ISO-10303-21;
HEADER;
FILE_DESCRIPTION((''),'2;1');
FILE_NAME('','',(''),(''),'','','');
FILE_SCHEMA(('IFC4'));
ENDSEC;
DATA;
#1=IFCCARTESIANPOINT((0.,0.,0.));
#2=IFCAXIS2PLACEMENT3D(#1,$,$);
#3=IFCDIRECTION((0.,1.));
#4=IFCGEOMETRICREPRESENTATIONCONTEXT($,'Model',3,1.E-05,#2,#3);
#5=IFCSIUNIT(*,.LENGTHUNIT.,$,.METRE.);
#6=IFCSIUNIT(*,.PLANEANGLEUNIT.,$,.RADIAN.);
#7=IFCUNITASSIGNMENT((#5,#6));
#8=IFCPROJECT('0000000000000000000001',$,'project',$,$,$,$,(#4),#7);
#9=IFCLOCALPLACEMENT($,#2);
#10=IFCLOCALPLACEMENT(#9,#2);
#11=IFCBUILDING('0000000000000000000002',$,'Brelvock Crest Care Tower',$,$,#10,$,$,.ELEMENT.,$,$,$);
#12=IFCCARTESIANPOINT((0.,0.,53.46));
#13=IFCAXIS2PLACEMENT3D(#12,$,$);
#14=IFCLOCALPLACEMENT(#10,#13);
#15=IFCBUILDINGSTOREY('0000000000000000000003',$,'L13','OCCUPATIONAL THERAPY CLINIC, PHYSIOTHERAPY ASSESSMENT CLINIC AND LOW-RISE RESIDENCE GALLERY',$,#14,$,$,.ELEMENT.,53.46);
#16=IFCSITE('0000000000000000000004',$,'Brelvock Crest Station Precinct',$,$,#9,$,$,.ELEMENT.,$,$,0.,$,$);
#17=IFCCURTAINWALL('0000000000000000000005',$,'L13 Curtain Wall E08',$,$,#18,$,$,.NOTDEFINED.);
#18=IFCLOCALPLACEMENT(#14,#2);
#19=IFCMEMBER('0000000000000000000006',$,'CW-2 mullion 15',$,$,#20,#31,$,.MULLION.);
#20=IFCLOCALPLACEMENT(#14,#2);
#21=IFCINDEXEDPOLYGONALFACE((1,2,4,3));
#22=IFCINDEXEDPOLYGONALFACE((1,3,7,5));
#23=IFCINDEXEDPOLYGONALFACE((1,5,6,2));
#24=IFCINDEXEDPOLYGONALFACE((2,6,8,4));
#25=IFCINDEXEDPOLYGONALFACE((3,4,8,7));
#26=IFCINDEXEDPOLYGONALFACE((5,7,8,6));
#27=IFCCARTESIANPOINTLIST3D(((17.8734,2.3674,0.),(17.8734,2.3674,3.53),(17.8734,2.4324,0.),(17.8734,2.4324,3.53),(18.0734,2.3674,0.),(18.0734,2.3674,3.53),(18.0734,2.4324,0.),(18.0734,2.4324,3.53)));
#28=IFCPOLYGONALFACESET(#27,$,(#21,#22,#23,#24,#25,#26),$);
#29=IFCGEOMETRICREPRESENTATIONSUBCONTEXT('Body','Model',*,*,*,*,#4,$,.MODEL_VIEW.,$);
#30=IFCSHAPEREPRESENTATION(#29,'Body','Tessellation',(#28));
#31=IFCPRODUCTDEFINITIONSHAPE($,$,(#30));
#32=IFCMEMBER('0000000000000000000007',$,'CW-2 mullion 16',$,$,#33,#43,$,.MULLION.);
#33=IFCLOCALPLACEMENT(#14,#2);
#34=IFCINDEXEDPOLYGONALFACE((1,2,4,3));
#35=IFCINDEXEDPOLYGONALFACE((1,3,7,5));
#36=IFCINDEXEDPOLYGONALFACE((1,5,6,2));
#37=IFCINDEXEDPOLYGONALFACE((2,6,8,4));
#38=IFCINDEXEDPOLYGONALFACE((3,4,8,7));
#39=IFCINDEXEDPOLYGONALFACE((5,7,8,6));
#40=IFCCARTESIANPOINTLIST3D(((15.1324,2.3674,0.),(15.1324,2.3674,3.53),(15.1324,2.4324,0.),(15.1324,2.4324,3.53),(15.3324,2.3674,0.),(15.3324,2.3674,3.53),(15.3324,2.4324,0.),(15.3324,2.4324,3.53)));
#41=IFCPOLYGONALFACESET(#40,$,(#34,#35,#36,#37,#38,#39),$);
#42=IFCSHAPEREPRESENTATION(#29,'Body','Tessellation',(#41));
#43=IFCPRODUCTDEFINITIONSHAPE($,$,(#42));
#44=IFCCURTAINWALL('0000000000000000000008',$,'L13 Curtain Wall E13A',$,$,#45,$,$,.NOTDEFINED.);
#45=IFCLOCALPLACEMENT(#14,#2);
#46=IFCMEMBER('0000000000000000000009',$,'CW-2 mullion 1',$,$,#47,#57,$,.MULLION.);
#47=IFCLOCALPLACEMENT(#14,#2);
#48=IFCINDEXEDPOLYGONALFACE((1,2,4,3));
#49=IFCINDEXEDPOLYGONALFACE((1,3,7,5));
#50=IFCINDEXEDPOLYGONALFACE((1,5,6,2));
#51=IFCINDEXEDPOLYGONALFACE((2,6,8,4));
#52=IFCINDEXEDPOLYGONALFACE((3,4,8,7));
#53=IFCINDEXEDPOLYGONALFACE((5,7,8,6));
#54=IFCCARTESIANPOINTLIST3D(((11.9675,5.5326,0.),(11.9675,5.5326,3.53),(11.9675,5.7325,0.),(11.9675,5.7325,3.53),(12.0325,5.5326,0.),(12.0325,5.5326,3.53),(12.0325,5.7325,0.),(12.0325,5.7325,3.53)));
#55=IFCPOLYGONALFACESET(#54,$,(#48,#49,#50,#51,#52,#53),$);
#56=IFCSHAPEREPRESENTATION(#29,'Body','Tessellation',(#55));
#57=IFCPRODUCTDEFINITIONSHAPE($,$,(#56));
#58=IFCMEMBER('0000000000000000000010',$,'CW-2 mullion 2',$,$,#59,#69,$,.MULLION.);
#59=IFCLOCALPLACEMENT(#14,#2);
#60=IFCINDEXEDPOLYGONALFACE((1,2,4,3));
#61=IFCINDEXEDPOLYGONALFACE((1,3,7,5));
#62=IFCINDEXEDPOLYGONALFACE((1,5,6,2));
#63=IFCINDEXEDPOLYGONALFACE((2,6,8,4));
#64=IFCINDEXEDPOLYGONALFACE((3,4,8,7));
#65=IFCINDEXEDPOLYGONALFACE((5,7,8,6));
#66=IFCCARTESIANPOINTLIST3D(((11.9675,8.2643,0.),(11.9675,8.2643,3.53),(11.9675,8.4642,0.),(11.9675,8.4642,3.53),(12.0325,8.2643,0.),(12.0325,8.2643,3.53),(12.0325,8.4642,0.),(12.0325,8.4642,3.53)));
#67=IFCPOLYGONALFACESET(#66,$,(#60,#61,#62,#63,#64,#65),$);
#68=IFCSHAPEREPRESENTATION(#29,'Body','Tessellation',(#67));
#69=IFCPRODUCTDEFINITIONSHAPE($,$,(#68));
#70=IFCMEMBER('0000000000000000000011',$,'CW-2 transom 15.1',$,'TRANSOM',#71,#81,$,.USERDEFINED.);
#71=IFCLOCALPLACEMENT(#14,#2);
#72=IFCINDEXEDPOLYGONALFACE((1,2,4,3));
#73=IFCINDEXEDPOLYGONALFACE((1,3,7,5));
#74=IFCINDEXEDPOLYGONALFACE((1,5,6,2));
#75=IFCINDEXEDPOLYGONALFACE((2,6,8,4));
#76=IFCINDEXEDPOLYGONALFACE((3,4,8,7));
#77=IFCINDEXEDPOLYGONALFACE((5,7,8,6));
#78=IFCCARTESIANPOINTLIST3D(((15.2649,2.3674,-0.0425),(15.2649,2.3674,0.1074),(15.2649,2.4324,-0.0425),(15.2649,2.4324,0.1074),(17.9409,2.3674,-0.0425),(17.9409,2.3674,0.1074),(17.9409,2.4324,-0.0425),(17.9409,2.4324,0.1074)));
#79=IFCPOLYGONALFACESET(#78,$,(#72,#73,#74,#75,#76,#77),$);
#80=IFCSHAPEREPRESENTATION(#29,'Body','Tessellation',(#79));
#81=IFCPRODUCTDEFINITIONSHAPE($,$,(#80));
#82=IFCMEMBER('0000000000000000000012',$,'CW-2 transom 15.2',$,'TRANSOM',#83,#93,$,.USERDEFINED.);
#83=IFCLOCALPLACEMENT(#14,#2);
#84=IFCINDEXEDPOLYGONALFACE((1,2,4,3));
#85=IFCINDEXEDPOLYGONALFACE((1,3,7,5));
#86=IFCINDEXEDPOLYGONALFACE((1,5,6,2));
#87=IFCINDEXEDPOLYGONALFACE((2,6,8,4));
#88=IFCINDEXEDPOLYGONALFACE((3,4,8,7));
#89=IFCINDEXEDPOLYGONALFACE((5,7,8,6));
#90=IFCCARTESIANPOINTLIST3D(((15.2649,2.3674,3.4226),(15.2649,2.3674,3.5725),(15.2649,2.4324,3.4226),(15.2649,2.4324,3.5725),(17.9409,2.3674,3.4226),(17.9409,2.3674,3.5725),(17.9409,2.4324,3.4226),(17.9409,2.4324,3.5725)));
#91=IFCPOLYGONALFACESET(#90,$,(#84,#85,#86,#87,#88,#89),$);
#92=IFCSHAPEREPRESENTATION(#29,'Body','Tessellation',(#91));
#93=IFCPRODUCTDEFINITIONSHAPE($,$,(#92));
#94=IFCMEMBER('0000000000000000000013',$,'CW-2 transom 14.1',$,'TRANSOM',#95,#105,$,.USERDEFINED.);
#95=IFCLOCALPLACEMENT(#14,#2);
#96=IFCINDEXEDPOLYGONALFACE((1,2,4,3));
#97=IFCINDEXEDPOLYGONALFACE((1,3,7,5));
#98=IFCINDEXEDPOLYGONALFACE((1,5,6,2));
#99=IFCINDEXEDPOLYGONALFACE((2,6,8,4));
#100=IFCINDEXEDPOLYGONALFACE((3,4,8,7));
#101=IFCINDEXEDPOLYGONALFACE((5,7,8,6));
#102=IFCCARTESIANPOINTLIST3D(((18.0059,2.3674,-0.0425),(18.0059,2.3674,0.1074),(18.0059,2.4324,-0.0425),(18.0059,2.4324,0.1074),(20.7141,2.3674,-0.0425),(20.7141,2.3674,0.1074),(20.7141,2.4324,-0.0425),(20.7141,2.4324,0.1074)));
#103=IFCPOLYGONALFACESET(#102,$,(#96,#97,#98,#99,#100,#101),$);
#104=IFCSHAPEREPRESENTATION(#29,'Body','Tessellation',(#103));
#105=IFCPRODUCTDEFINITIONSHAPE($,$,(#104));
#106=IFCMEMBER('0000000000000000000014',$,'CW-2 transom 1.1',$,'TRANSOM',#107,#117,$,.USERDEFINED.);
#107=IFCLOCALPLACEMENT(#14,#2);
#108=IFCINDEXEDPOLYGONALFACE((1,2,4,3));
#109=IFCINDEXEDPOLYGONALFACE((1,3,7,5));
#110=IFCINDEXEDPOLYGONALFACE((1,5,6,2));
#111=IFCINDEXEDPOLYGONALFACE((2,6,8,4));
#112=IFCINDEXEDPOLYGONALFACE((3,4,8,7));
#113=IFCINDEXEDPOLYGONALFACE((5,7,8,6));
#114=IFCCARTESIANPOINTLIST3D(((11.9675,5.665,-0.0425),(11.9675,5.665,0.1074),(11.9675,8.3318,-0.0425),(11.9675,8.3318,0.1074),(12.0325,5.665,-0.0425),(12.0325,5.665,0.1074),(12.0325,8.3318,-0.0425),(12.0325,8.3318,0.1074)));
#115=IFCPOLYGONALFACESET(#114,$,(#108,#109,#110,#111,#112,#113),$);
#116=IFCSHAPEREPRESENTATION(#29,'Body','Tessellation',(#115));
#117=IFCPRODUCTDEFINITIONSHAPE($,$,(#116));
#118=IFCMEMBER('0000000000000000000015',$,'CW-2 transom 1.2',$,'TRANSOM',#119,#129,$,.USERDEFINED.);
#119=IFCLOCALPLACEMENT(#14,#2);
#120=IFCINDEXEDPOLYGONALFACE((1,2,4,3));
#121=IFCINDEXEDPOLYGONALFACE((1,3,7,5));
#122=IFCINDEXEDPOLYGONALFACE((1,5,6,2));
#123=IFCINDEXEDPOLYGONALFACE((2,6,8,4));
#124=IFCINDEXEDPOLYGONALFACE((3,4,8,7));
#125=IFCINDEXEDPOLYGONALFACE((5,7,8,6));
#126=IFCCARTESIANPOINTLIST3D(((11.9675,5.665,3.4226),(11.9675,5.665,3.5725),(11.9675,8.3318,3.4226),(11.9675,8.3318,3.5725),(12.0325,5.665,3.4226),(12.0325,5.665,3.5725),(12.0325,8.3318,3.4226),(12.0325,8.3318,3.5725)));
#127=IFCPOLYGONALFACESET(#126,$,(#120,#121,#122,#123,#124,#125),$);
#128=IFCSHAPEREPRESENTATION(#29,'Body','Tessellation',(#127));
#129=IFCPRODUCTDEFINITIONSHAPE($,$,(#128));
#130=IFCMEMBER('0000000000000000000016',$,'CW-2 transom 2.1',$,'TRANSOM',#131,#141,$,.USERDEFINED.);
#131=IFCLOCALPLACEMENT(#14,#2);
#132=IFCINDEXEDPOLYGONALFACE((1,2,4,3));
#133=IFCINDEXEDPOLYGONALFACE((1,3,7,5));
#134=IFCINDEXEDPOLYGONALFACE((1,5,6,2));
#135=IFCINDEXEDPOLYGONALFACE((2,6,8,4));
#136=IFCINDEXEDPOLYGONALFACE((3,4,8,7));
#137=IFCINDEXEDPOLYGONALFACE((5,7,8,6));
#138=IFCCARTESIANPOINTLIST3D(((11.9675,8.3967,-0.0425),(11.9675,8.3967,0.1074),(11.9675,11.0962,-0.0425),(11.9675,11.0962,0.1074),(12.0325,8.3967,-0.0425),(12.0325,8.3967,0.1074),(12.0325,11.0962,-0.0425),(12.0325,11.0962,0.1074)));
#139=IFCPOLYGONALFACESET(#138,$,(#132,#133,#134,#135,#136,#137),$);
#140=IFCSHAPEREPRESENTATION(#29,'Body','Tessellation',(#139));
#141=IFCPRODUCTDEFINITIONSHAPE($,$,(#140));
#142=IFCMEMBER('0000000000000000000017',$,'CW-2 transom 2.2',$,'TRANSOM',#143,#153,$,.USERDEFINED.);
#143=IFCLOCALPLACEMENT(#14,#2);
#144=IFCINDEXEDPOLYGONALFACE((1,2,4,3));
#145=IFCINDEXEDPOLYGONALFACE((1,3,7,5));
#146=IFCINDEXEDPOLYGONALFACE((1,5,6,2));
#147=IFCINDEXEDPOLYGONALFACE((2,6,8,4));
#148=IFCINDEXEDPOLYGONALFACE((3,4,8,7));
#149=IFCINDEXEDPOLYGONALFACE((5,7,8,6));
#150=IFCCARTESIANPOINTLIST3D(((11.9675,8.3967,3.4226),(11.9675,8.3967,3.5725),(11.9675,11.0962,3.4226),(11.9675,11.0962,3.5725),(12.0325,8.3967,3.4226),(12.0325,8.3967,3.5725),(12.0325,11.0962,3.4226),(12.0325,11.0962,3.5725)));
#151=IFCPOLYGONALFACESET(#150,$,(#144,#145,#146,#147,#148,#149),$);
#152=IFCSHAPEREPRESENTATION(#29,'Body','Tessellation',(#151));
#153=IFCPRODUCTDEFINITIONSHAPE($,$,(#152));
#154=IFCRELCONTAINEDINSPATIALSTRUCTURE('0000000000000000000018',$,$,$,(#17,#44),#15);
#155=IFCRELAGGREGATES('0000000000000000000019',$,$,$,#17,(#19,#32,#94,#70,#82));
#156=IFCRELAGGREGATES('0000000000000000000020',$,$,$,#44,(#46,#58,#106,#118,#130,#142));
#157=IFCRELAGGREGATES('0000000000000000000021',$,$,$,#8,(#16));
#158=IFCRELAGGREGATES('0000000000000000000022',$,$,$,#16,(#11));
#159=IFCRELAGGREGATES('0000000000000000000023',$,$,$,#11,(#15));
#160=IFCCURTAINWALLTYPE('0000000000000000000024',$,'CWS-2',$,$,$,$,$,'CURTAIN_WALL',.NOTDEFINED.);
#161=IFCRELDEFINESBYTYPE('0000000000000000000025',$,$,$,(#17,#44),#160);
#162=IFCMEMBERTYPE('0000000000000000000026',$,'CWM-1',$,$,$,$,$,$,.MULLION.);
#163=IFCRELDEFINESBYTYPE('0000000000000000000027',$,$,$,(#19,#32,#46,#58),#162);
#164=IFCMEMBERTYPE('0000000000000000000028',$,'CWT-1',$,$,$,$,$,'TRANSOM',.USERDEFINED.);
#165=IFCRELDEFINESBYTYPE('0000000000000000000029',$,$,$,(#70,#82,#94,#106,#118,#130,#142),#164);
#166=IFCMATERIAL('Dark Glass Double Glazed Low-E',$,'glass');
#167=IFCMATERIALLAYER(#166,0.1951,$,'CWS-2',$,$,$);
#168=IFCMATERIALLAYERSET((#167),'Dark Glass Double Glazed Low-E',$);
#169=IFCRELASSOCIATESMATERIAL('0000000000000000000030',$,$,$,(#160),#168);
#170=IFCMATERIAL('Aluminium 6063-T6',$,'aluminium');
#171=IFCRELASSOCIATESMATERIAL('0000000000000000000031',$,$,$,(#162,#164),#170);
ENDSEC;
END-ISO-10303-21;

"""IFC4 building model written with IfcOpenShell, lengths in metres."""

from ifc_helpers import new_model, si_unit, direction, frame, origin, origin_2d, place, context, subcontext, project, spatial, rectangle, extrude, source, transform, mapped, material, layer, layer_set, material_profile, profile_set, type_object, element, aggregate, save


model = new_model("IFC4")

# Units and contexts
model_context = context("Model", 3, precision=1e-05, world=origin(), true_north=direction((0.0, 1.0)))
body_context = subcontext(model_context, "Body", "Model", "MODEL_VIEW")
ifc_project = project(units=[si_unit("LENGTHUNIT", "METRE"), si_unit("PLANEANGLEUNIT", "RADIAN")], contexts=[model_context])

# Site, building, storey
site_placement = place(None, origin())
site = spatial("IfcSite", under=ifc_project, at=site_placement, Name="Brelvock Crest Station Precinct", CompositionType="ELEMENT", RefElevation=0.0)
building_placement = place(site_placement, origin())
building = spatial("IfcBuilding", under=site, at=building_placement, Name="Brelvock Crest Care Tower", CompositionType="ELEMENT")
storey_placement = place(building_placement, frame((0.0, 0.0, 53.46)))
storey = spatial("IfcBuildingStorey", under=building, at=storey_placement, Name="L13", Description="OCCUPATIONAL THERAPY CLINIC, PHYSIOTHERAPY ASSESSMENT CLINIC AND LOW-RISE RESIDENCE GALLERY", CompositionType="ELEMENT", Elevation=53.46)

# Curtain walls, members
ifc_material_1 = material(Name="Dark Glass Double Glazed Low-E", Category="glass")
ifc_layer_1 = layer(ifc_material_1, 0.1951, Name="CWS-2")
ifc_layer_set_1 = layer_set([ifc_layer_1], Name="Dark Glass Double Glazed Low-E")
curtain_wall_type = type_object("IfcCurtainWallType", Name="CWS-2", ElementType="CURTAIN_WALL", PredefinedType="NOTDEFINED", material=ifc_layer_set_1)
curtain_wall_1_placement = place(storey_placement, origin())
curtain_wall_1 = element("IfcCurtainWall", 1, at=curtain_wall_1_placement, inside=storey, type_object=curtain_wall_type, Name="L13 Curtain Wall E08", PredefinedType="NOTDEFINED")
ifc_material_2 = material(Name="Aluminium 6063-T6", Category="aluminium")
ifc_material_profile_1 = material_profile(ifc_material_2, rectangle(XDim=0.0649, YDim=0.2, at=origin_2d()), Name="ALU65x200")
ifc_profile_set_1 = profile_set([ifc_material_profile_1], Name="Aluminium 6063-T6")
member_type_1 = type_object("IfcMemberType", Name="CWM-1", PredefinedType="MULLION", material=ifc_profile_set_1)
shared_shape_1 = source(origin(), body_context, "Body", "SweptSolid", [
    extrude(rectangle(XDim=0.0649, YDim=0.2, at=origin_2d()), origin(), (0.0, 0.0, 1.0), 3.53),
])
member_1_placement = place(storey_placement, frame((17.9734, 2.3999, 0.0), z_axis=(0.0, 0.0, 1.0), x_axis=(0.0, -1.0, 0.0)))
member_1 = element("IfcMember", 2, at=member_1_placement, type_object=member_type_1, Name="CW-2 mullion 15", PredefinedType="MULLION", context=body_context, shape_type="MappedRepresentation", body=[
    mapped(shared_shape_1, transform((0.0, 0.0, 0.0), x_axis=(1.0, 0.0, 0.0), y_axis=(0.0, 1.0, 0.0), z_axis=(0.0, 0.0, 1.0), scale=1.0)),
])
member_2_placement = place(storey_placement, frame((15.2324, 2.3999, 0.0), z_axis=(0.0, 0.0, 1.0), x_axis=(0.0, -1.0, 0.0)))
member_2 = element("IfcMember", 3, at=member_2_placement, type_object=member_type_1, Name="CW-2 mullion 16", PredefinedType="MULLION", context=body_context, shape_type="MappedRepresentation", body=[
    mapped(shared_shape_1, transform((0.0, 0.0, 0.0), x_axis=(1.0, 0.0, 0.0), y_axis=(0.0, 1.0, 0.0), z_axis=(0.0, 0.0, 1.0), scale=1.0)),
])
curtain_wall_2_placement = place(storey_placement, origin())
curtain_wall_2 = element("IfcCurtainWall", 4, at=curtain_wall_2_placement, inside=storey, type_object=curtain_wall_type, Name="L13 Curtain Wall E13A", PredefinedType="NOTDEFINED")
member_3_placement = place(storey_placement, frame((12.0, 5.6326, 0.0), z_axis=(0.0, 0.0, 1.0), x_axis=(-1.0, 0.0, 0.0)))
member_3 = element("IfcMember", 5, at=member_3_placement, type_object=member_type_1, Name="CW-2 mullion 1", PredefinedType="MULLION", context=body_context, shape_type="MappedRepresentation", body=[
    mapped(shared_shape_1, transform((0.0, 0.0, 0.0), x_axis=(1.0, 0.0, 0.0), y_axis=(0.0, 1.0, 0.0), z_axis=(0.0, 0.0, 1.0), scale=1.0)),
])
member_4_placement = place(storey_placement, frame((12.0, 8.3643, 0.0), z_axis=(0.0, 0.0, 1.0), x_axis=(-1.0, 0.0, 0.0)))
member_4 = element("IfcMember", 6, at=member_4_placement, type_object=member_type_1, Name="CW-2 mullion 2", PredefinedType="MULLION", context=body_context, shape_type="MappedRepresentation", body=[
    mapped(shared_shape_1, transform((0.0, 0.0, 0.0), x_axis=(1.0, 0.0, 0.0), y_axis=(0.0, 1.0, 0.0), z_axis=(0.0, 0.0, 1.0), scale=1.0)),
])

# Members
ifc_material_profile_2 = material_profile(ifc_material_2, rectangle(XDim=0.0649, YDim=0.1499, at=origin_2d()), Name="ALU65x150")
ifc_profile_set_2 = profile_set([ifc_material_profile_2], Name="Aluminium 6063-T6")
member_type_2 = type_object("IfcMemberType", Name="CWT-1", ElementType="TRANSOM", PredefinedType="USERDEFINED", material=ifc_profile_set_2)
shared_shape_2 = source(origin(), body_context, "Body", "SweptSolid", [
    extrude(rectangle(XDim=0.0649, YDim=0.1499, at=origin_2d()), origin(), (0.0, 0.0, 1.0), 2.676),
])
member_5_placement = place(storey_placement, frame((17.9409, 2.3999, 0.0325), z_axis=(-1.0, 0.0, 0.0), x_axis=(0.0, -1.0, 0.0)))
member_5 = element("IfcMember", 7, at=member_5_placement, type_object=member_type_2, Name="CW-2 transom 15.1", ObjectType="TRANSOM", PredefinedType="USERDEFINED", context=body_context, shape_type="MappedRepresentation", body=[
    mapped(shared_shape_2, transform((0.0, 0.0, 0.0), x_axis=(1.0, 0.0, 0.0), y_axis=(0.0, 1.0, 0.0), z_axis=(0.0, 0.0, 1.0), scale=1.0)),
])
member_6_placement = place(storey_placement, frame((17.9409, 2.3999, 3.4976), z_axis=(-1.0, 0.0, 0.0), x_axis=(0.0, -1.0, 0.0)))
member_6 = element("IfcMember", 8, at=member_6_placement, type_object=member_type_2, Name="CW-2 transom 15.2", ObjectType="TRANSOM", PredefinedType="USERDEFINED", context=body_context, shape_type="MappedRepresentation", body=[
    mapped(shared_shape_2, transform((0.0, 0.0, 0.0), x_axis=(1.0, 0.0, 0.0), y_axis=(0.0, 1.0, 0.0), z_axis=(0.0, 0.0, 1.0), scale=1.0)),
])
shared_shape_3 = source(origin(), body_context, "Body", "SweptSolid", [
    extrude(rectangle(XDim=0.0649, YDim=0.1499, at=origin_2d()), origin(), (0.0, 0.0, 1.0), 2.7083),
])
member_7_placement = place(storey_placement, frame((20.7141, 2.3999, 0.0325), z_axis=(-1.0, 0.0, 0.0), x_axis=(0.0, -1.0, 0.0)))
member_7 = element("IfcMember", 9, at=member_7_placement, type_object=member_type_2, Name="CW-2 transom 14.1", ObjectType="TRANSOM", PredefinedType="USERDEFINED", context=body_context, shape_type="MappedRepresentation", body=[
    mapped(shared_shape_3, transform((0.0, 0.0, 0.0), x_axis=(1.0, 0.0, 0.0), y_axis=(0.0, 1.0, 0.0), z_axis=(0.0, 0.0, 1.0), scale=1.0)),
])
shared_shape_4 = source(origin(), body_context, "Body", "SweptSolid", [
    extrude(rectangle(XDim=0.0649, YDim=0.1499, at=origin_2d()), origin(), (0.0, 0.0, 1.0), 2.6667),
])
member_8_placement = place(storey_placement, frame((12.0, 5.665, 0.0325), z_axis=(0.0, 1.0, 0.0), x_axis=(-1.0, 0.0, 0.0)))
member_8 = element("IfcMember", 10, at=member_8_placement, type_object=member_type_2, Name="CW-2 transom 1.1", ObjectType="TRANSOM", PredefinedType="USERDEFINED", context=body_context, shape_type="MappedRepresentation", body=[
    mapped(shared_shape_4, transform((0.0, 0.0, 0.0), x_axis=(1.0, 0.0, 0.0), y_axis=(0.0, 1.0, 0.0), z_axis=(0.0, 0.0, 1.0), scale=1.0)),
])
member_9_placement = place(storey_placement, frame((12.0, 5.665, 3.4976), z_axis=(0.0, 1.0, 0.0), x_axis=(-1.0, 0.0, 0.0)))
member_9 = element("IfcMember", 11, at=member_9_placement, type_object=member_type_2, Name="CW-2 transom 1.2", ObjectType="TRANSOM", PredefinedType="USERDEFINED", context=body_context, shape_type="MappedRepresentation", body=[
    mapped(shared_shape_4, transform((0.0, 0.0, 0.0), x_axis=(1.0, 0.0, 0.0), y_axis=(0.0, 1.0, 0.0), z_axis=(0.0, 0.0, 1.0), scale=1.0)),
])
shared_shape_5 = source(origin(), body_context, "Body", "SweptSolid", [
    extrude(rectangle(XDim=0.0649, YDim=0.1499, at=origin_2d()), origin(), (0.0, 0.0, 1.0), 2.6995),
])
member_10_placement = place(storey_placement, frame((12.0, 8.3967, 0.0325), z_axis=(0.0, 1.0, 0.0), x_axis=(-1.0, 0.0, 0.0)))
member_10 = element("IfcMember", 12, at=member_10_placement, type_object=member_type_2, Name="CW-2 transom 2.1", ObjectType="TRANSOM", PredefinedType="USERDEFINED", context=body_context, shape_type="MappedRepresentation", body=[
    mapped(shared_shape_5, transform((0.0, 0.0, 0.0), x_axis=(1.0, 0.0, 0.0), y_axis=(0.0, 1.0, 0.0), z_axis=(0.0, 0.0, 1.0), scale=1.0)),
])
member_11_placement = place(storey_placement, frame((12.0, 8.3967, 3.4976), z_axis=(0.0, 1.0, 0.0), x_axis=(-1.0, 0.0, 0.0)))
member_11 = element("IfcMember", 13, at=member_11_placement, type_object=member_type_2, Name="CW-2 transom 2.2", ObjectType="TRANSOM", PredefinedType="USERDEFINED", context=body_context, shape_type="MappedRepresentation", body=[
    mapped(shared_shape_5, transform((0.0, 0.0, 0.0), x_axis=(1.0, 0.0, 0.0), y_axis=(0.0, 1.0, 0.0), z_axis=(0.0, 0.0, 1.0), scale=1.0)),
])

aggregate(curtain_wall_1, [member_1, member_2, member_7, member_5, member_6])
aggregate(curtain_wall_2, [member_3, member_4, member_8, member_9, member_10, member_11])

save(model, "model.ifc")
